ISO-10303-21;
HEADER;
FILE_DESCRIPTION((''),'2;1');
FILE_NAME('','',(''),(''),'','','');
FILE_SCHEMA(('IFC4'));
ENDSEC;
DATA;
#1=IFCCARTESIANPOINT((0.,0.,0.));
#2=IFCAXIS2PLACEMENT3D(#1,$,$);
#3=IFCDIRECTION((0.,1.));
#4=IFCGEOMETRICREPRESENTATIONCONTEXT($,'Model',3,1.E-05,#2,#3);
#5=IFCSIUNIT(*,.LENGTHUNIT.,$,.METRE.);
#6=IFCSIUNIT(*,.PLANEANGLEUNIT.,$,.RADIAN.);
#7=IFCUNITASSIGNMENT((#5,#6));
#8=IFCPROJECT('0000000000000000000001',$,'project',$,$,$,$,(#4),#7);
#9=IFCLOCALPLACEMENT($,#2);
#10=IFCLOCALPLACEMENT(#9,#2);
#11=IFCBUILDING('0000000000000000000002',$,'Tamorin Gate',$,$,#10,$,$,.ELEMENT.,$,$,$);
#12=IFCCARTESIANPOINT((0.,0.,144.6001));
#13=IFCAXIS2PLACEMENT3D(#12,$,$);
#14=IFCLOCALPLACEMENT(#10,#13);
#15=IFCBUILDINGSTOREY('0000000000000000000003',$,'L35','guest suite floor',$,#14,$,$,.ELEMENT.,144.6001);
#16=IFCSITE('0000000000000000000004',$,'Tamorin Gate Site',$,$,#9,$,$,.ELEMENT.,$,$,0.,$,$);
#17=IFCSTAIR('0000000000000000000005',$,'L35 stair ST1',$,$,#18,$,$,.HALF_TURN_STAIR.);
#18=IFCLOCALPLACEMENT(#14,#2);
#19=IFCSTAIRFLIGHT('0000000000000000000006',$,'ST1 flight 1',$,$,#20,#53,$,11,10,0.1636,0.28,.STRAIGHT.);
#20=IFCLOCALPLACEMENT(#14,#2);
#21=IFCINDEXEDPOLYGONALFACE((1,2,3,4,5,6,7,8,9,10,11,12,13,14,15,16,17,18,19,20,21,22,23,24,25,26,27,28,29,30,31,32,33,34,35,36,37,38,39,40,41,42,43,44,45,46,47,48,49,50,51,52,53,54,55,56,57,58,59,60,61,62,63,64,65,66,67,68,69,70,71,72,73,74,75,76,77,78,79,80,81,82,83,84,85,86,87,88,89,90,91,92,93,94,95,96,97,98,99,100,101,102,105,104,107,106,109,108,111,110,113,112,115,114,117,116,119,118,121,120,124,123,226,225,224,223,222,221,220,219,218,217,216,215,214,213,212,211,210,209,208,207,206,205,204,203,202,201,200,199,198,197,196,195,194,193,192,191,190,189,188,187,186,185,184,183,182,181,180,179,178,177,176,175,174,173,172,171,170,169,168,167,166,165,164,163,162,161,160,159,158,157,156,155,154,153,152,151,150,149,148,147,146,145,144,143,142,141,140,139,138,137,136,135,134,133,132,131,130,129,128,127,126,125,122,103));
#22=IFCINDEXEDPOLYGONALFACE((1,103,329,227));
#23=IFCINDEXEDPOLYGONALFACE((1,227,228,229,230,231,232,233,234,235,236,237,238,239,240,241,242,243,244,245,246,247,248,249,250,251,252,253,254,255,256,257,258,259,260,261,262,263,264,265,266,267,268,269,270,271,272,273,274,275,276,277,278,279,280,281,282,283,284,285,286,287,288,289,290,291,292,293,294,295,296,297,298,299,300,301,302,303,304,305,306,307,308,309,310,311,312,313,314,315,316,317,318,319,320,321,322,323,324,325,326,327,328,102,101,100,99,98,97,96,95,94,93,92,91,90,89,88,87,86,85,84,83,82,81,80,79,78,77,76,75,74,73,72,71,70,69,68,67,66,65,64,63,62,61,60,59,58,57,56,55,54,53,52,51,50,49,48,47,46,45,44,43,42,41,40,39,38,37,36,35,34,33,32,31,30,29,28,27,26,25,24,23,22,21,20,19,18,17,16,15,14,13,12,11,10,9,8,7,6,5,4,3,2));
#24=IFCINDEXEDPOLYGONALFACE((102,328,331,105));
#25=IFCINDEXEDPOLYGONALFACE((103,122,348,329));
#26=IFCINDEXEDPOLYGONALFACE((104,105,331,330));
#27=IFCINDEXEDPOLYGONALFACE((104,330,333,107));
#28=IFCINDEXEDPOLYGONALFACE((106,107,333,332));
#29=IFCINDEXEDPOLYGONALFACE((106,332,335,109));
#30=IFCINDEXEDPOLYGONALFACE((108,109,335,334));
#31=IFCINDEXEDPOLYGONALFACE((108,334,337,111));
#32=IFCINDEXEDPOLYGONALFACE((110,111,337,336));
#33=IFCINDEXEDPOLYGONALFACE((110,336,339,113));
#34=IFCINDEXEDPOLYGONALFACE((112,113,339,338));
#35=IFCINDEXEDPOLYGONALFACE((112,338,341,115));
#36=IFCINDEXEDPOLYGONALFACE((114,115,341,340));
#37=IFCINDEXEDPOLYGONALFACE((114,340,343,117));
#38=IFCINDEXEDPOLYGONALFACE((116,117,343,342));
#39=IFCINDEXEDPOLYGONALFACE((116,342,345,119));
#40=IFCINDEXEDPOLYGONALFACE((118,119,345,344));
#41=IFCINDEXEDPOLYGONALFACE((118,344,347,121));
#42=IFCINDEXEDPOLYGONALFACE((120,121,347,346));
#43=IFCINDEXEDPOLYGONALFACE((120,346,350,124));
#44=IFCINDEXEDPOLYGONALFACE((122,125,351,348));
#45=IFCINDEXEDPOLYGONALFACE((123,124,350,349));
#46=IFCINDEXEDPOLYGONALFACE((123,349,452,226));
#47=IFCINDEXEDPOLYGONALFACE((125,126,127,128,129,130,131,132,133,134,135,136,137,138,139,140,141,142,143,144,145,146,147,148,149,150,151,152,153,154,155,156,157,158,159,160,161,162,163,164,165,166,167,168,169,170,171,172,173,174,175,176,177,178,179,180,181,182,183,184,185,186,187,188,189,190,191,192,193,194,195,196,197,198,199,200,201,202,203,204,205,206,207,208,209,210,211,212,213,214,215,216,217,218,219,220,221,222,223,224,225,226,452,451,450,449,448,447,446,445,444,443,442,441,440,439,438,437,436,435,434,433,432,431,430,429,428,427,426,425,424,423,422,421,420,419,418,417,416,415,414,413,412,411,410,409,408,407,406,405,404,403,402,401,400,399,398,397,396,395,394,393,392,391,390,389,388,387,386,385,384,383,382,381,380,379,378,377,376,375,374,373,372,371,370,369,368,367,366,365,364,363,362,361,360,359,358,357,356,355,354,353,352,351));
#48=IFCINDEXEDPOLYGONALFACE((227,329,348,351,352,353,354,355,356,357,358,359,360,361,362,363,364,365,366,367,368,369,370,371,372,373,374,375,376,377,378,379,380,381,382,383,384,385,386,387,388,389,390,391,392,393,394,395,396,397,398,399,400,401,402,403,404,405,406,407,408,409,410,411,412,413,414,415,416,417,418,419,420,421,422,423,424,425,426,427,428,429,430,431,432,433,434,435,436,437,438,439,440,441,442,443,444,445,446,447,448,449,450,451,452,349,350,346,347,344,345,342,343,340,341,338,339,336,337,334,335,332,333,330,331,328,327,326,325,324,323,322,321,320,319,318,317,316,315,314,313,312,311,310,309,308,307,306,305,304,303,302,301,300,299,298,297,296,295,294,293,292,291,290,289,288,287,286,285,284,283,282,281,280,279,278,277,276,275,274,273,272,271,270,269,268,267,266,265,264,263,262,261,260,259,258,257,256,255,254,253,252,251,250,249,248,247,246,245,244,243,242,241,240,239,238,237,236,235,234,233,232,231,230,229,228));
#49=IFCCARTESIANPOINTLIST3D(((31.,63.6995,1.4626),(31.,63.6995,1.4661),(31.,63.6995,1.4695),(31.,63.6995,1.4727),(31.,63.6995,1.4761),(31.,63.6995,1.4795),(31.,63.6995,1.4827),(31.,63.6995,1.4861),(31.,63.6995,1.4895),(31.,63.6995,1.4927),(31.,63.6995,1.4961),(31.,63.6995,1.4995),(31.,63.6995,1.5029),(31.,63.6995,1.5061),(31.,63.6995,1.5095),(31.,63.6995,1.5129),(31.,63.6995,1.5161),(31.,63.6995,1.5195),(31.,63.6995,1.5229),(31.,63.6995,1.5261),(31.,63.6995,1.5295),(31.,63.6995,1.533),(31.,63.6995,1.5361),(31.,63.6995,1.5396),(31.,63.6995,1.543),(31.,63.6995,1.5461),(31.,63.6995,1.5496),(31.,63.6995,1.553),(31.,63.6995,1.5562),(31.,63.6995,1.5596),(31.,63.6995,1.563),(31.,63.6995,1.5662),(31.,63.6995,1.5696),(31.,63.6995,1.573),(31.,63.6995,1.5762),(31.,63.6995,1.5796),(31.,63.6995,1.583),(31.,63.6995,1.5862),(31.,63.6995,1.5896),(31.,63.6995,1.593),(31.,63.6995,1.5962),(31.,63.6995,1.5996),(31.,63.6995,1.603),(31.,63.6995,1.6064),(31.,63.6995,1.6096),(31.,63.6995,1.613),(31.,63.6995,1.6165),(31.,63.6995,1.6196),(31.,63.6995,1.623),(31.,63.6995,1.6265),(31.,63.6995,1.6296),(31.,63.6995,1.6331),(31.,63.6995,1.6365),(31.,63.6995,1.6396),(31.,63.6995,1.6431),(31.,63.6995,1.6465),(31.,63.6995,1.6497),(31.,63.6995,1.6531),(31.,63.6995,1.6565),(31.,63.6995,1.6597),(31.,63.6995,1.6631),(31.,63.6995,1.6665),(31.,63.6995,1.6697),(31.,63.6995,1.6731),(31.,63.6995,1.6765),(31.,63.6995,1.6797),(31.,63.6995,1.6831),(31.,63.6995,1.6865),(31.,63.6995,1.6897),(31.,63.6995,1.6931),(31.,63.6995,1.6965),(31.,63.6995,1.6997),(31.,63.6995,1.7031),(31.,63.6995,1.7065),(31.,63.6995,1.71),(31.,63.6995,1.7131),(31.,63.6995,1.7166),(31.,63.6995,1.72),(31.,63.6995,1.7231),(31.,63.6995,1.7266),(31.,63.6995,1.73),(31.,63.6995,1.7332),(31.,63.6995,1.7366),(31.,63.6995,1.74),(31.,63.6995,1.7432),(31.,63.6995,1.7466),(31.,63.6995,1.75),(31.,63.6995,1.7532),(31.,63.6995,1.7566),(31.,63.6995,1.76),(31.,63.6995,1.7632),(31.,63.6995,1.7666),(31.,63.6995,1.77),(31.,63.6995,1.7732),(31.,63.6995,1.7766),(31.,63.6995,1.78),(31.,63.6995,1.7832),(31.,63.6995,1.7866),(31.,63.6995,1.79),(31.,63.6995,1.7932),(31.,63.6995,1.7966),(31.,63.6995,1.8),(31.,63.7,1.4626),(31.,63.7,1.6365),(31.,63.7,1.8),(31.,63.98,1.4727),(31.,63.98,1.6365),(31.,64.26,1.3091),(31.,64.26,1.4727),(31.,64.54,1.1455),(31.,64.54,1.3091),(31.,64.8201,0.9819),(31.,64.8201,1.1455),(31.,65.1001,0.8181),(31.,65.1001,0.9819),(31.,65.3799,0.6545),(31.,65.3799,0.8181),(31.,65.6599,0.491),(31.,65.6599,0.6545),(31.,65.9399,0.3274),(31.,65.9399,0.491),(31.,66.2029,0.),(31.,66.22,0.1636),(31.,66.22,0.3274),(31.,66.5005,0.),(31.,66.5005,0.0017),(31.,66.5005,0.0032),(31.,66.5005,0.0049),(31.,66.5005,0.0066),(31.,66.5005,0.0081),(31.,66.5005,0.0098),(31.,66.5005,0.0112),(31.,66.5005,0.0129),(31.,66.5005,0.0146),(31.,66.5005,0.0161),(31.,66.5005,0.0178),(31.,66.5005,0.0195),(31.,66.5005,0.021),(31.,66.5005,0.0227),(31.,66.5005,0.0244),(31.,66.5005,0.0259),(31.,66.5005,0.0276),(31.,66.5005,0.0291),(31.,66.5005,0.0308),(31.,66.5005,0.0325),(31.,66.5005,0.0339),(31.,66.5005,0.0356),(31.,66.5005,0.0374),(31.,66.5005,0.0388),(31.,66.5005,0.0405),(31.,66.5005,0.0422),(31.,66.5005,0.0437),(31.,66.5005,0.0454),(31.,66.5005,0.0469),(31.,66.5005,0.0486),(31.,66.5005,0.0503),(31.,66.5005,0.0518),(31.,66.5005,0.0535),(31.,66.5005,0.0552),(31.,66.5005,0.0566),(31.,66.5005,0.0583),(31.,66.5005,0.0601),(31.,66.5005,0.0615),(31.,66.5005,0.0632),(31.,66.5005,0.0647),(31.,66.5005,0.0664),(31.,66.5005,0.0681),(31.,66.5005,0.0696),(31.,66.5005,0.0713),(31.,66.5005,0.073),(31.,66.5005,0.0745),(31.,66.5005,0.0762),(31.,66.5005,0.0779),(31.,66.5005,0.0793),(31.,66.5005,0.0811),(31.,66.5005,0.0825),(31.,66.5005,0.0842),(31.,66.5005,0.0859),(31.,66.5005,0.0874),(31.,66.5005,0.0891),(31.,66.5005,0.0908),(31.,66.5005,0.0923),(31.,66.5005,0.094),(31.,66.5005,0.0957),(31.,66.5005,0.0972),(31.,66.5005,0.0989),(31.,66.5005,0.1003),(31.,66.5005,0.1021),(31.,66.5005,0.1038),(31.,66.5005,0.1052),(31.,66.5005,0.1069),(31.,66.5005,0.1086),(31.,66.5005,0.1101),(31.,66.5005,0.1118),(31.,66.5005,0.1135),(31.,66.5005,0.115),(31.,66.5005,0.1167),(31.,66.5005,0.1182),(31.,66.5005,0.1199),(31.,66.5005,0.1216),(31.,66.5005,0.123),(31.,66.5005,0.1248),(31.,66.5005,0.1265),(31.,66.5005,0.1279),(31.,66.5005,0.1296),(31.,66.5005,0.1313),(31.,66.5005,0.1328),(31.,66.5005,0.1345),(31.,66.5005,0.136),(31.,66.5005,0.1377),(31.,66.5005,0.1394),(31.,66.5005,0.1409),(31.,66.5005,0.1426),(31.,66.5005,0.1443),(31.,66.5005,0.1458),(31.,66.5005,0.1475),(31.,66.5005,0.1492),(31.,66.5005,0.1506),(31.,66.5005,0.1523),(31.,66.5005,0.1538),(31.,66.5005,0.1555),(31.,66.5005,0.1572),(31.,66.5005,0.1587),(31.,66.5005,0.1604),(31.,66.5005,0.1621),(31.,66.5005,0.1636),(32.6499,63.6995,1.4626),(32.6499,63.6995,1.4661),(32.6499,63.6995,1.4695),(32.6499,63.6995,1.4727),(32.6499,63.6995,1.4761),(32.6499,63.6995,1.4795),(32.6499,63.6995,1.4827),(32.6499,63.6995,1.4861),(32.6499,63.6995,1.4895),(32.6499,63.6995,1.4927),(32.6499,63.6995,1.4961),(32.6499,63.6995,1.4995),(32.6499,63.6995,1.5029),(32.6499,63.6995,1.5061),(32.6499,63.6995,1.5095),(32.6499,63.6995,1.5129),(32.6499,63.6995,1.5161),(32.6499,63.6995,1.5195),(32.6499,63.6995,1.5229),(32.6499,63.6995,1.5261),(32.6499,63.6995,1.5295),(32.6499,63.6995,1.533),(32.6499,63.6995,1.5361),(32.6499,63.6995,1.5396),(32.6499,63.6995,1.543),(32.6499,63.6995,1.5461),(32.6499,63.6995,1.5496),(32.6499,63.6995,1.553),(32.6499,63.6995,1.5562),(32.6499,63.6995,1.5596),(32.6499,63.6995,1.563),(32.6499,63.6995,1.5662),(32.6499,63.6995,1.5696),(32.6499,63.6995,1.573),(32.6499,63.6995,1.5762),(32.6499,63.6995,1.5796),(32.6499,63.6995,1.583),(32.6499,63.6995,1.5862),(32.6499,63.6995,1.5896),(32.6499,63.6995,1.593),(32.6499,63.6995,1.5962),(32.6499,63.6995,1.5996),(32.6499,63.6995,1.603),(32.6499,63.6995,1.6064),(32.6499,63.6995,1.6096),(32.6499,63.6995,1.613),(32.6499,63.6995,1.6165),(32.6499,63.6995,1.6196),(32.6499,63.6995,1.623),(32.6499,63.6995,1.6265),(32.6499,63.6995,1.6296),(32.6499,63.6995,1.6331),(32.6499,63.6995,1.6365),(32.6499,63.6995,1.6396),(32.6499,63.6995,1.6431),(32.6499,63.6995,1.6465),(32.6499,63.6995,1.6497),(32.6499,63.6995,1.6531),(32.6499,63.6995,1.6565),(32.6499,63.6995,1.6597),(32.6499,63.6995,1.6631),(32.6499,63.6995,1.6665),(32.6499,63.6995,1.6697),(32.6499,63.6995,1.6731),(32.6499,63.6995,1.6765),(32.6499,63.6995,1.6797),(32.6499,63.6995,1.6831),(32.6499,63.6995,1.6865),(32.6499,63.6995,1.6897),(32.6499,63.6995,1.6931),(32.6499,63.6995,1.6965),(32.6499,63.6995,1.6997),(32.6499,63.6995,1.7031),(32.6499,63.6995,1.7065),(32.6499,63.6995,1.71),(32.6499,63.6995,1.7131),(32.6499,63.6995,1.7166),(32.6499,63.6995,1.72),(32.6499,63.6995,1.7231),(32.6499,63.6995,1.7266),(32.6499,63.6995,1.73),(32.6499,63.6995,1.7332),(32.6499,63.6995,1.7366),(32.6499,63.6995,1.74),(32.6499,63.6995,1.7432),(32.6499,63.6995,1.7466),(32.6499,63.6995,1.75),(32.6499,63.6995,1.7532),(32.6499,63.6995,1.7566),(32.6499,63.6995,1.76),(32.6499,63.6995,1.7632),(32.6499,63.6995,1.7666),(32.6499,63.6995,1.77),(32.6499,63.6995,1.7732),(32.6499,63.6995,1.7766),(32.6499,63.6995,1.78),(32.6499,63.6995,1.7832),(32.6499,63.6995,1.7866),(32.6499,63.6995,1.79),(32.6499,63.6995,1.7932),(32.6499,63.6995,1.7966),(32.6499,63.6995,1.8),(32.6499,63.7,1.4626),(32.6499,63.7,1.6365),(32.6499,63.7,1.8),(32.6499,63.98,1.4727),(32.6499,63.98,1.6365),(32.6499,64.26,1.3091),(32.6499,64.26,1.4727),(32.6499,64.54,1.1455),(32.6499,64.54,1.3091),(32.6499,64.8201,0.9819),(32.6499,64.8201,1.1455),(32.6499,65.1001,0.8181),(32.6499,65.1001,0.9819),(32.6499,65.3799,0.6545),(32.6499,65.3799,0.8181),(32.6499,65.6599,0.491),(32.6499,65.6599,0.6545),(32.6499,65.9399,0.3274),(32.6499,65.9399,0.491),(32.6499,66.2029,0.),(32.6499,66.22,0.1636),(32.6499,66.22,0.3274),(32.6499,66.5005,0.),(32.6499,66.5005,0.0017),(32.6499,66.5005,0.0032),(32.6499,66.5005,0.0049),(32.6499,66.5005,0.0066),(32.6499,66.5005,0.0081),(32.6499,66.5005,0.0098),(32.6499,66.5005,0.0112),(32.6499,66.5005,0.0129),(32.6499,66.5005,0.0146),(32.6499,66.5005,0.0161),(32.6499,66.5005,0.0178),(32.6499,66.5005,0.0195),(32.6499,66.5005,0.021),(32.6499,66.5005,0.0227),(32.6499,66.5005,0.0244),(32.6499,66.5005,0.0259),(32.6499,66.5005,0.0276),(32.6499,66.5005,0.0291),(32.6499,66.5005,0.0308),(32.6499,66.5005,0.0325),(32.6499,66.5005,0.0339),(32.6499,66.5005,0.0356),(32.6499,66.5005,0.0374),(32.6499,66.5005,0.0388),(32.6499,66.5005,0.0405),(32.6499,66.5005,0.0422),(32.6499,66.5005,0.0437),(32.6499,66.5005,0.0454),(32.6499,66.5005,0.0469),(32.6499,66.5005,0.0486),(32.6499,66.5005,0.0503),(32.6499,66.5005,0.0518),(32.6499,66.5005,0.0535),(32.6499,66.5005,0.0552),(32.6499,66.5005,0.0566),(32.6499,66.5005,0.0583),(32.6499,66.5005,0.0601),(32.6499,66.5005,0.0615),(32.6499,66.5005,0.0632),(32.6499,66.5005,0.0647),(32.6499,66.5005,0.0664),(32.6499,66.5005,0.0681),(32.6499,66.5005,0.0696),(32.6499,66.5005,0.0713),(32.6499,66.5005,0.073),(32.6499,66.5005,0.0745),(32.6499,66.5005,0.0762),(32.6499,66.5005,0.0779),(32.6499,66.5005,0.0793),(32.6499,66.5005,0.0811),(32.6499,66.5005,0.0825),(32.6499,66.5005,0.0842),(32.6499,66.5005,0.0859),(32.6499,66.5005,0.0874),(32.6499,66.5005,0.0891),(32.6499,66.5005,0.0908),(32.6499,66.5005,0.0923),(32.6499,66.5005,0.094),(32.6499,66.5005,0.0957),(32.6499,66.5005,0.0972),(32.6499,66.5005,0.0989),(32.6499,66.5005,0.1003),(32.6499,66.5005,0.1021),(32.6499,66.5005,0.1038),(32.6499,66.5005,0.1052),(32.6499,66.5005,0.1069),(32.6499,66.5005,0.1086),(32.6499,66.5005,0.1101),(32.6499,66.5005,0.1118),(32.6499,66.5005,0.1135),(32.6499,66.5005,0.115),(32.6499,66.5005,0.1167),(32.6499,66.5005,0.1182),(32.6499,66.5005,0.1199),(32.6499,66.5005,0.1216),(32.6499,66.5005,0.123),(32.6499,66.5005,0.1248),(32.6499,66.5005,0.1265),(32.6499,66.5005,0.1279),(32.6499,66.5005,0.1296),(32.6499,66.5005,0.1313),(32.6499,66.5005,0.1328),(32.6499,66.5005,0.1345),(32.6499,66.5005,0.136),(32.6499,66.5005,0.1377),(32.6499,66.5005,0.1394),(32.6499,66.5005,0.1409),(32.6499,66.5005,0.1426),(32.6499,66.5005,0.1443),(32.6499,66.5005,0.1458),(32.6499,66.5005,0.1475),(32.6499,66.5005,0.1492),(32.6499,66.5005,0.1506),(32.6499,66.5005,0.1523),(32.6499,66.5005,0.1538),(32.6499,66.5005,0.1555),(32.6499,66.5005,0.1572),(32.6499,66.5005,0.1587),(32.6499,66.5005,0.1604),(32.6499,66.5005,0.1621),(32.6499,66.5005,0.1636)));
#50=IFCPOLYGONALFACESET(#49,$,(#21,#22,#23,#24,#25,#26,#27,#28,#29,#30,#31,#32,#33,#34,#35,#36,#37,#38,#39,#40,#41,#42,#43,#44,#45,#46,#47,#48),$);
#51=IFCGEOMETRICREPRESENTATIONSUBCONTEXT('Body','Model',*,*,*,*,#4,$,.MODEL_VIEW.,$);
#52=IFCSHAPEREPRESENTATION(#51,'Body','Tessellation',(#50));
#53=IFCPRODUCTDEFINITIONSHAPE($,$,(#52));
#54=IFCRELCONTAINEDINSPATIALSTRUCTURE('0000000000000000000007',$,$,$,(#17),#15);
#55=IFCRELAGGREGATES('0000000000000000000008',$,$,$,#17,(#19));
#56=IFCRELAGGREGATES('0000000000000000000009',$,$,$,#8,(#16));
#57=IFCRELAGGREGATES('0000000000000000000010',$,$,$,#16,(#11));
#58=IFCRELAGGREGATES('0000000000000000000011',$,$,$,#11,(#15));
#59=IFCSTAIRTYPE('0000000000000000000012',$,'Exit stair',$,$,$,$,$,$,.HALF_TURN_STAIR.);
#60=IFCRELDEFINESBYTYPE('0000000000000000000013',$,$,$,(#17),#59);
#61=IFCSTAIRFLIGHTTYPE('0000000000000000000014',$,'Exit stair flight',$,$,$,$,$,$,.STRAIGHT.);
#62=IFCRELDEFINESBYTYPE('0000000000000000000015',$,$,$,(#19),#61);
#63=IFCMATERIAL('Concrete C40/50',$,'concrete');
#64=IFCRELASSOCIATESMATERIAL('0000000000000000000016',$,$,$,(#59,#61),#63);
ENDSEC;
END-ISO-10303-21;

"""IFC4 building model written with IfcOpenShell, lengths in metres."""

from ifc_helpers import new_model, si_unit, direction, frame, origin, place, context, subcontext, project, spatial, polyline, outline, extrude, material, type_object, element, aggregate, save


model = new_model("IFC4")

# Units and contexts
model_context = context("Model", 3, precision=1e-05, world=origin(), true_north=direction((0.0, 1.0)))
body_context = subcontext(model_context, "Body", "Model", "MODEL_VIEW")
ifc_project = project(units=[si_unit("LENGTHUNIT", "METRE"), si_unit("PLANEANGLEUNIT", "RADIAN")], contexts=[model_context])

# Site, building, storey
site_placement = place(None, origin())
site = spatial("IfcSite", under=ifc_project, at=site_placement, Name="Tamorin Gate Site", CompositionType="ELEMENT", RefElevation=0.0)
building_placement = place(site_placement, origin())
building = spatial("IfcBuilding", under=site, at=building_placement, Name="Tamorin Gate", CompositionType="ELEMENT")
storey_placement = place(building_placement, frame((0.0, 0.0, 144.6001)))
storey = spatial("IfcBuildingStorey", under=building, at=storey_placement, Name="L35", Description="guest suite floor", CompositionType="ELEMENT", Elevation=144.6001)

# Shared definitions
ifc_material_1 = material(Name="Concrete C40/50", Category="concrete")

# Stair, stair flight
stair_type = type_object("IfcStairType", Name="Exit stair", PredefinedType="HALF_TURN_STAIR", material=ifc_material_1)
stair_1_placement = place(storey_placement, origin())
stair_1 = element("IfcStair", 1, at=stair_1_placement, inside=storey, type_object=stair_type, Name="L35 stair ST1", PredefinedType="HALF_TURN_STAIR")
stair_flight_type = type_object("IfcStairFlightType", Name="Exit stair flight", PredefinedType="STRAIGHT", material=ifc_material_1)
stair_flight_1_placement = place(storey_placement, frame((31.825, 66.5, 0.0), z_axis=(0.0, 0.0, 1.0), x_axis=(0.0, -1.0, 0.0)))
stair_flight_1 = element("IfcStairFlight", 2, at=stair_flight_1_placement, type_object=stair_flight_type, Name="ST1 flight 1", NumberOfRisers=11, NumberOfTreads=10, PredefinedType="STRAIGHT", RiserHeight=0.1636, TreadLength=0.28, context=body_context, shape_type="SweptSolid", body=[
    extrude(outline(polyline([(-0.0005, 0.0), (-0.0005, 0.0017), (-0.0005, 0.0032), (-0.0005, 0.0049), (-0.0005, 0.0066), (-0.0005, 0.0081), (-0.0005, 0.0098), (-0.0005, 0.0112), (-0.0005, 0.0129), (-0.0005, 0.0146), (-0.0005, 0.0161), (-0.0005, 0.0178), (-0.0005, 0.0195), (-0.0005, 0.021), (-0.0005, 0.0227), (-0.0005, 0.0244), (-0.0005, 0.0259), (-0.0005, 0.0276), (-0.0005, 0.0291), (-0.0005, 0.0308), (-0.0005, 0.0325), (-0.0005, 0.0339), (-0.0005, 0.0356), (-0.0005, 0.0374), (-0.0005, 0.0388), (-0.0005, 0.0405), (-0.0005, 0.0422), (-0.0005, 0.0437), (-0.0005, 0.0454), (-0.0005, 0.0469), (-0.0005, 0.0486), (-0.0005, 0.0503), (-0.0005, 0.0518), (-0.0005, 0.0535), (-0.0005, 0.0552), (-0.0005, 0.0566), (-0.0005, 0.0583), (-0.0005, 0.0601), (-0.0005, 0.0615), (-0.0005, 0.0632), (-0.0005, 0.0647), (-0.0005, 0.0664), (-0.0005, 0.0681), (-0.0005, 0.0696), (-0.0005, 0.0713), (-0.0005, 0.073), (-0.0005, 0.0745), (-0.0005, 0.0762), (-0.0005, 0.0779), (-0.0005, 0.0793), (-0.0005, 0.0811), (-0.0005, 0.0825), (-0.0005, 0.0842), (-0.0005, 0.0859), (-0.0005, 0.0874), (-0.0005, 0.0891), (-0.0005, 0.0908), (-0.0005, 0.0923), (-0.0005, 0.094), (-0.0005, 0.0957), (-0.0005, 0.0972), (-0.0005, 0.0989), (-0.0005, 0.1003), (-0.0005, 0.1021), (-0.0005, 0.1038), (-0.0005, 0.1052), (-0.0005, 0.1069), (-0.0005, 0.1086), (-0.0005, 0.1101), (-0.0005, 0.1118), (-0.0005, 0.1135), (-0.0005, 0.115), (-0.0005, 0.1167), (-0.0005, 0.1182), (-0.0005, 0.1199), (-0.0005, 0.1216), (-0.0005, 0.123), (-0.0005, 0.1248), (-0.0005, 0.1265), (-0.0005, 0.1279), (-0.0005, 0.1296), (-0.0005, 0.1313), (-0.0005, 0.1328), (-0.0005, 0.1345), (-0.0005, 0.136), (-0.0005, 0.1377), (-0.0005, 0.1394), (-0.0005, 0.1409), (-0.0005, 0.1426), (-0.0005, 0.1443), (-0.0005, 0.1458), (-0.0005, 0.1475), (-0.0005, 0.1492), (-0.0005, 0.1506), (-0.0005, 0.1523), (-0.0005, 0.1538), (-0.0005, 0.1555), (-0.0005, 0.1572), (-0.0005, 0.1587), (-0.0005, 0.1604), (-0.0005, 0.1621), (-0.0005, 0.1636), (0.28, 0.1636), (0.28, 0.3274), (0.5601, 0.3274), (0.5601, 0.491), (0.8401, 0.491), (0.8401, 0.6545), (1.1201, 0.6545), (1.1201, 0.8181), (1.3999, 0.8181), (1.3999, 0.9819), (1.6799, 0.9819), (1.6799, 1.1455), (1.96, 1.1455), (1.96, 1.3091), (2.24, 1.3091), (2.24, 1.4727), (2.52, 1.4727), (2.52, 1.6365), (2.8, 1.6365), (2.8, 1.8), (2.8005, 1.8), (2.8005, 1.7966), (2.8005, 1.7932), (2.8005, 1.79), (2.8005, 1.7866), (2.8005, 1.7832), (2.8005, 1.78), (2.8005, 1.7766), (2.8005, 1.7732), (2.8005, 1.77), (2.8005, 1.7666), (2.8005, 1.7632), (2.8005, 1.76), (2.8005, 1.7566), (2.8005, 1.7532), (2.8005, 1.75), (2.8005, 1.7466), (2.8005, 1.7432), (2.8005, 1.74), (2.8005, 1.7366), (2.8005, 1.7332), (2.8005, 1.73), (2.8005, 1.7266), (2.8005, 1.7231), (2.8005, 1.72), (2.8005, 1.7166), (2.8005, 1.7131), (2.8005, 1.71), (2.8005, 1.7065), (2.8005, 1.7031), (2.8005, 1.6997), (2.8005, 1.6965), (2.8005, 1.6931), (2.8005, 1.6897), (2.8005, 1.6865), (2.8005, 1.6831), (2.8005, 1.6797), (2.8005, 1.6765), (2.8005, 1.6731), (2.8005, 1.6697), (2.8005, 1.6665), (2.8005, 1.6631), (2.8005, 1.6597), (2.8005, 1.6565), (2.8005, 1.6531), (2.8005, 1.6497), (2.8005, 1.6465), (2.8005, 1.6431), (2.8005, 1.6396), (2.8005, 1.6365), (2.8005, 1.6331), (2.8005, 1.6296), (2.8005, 1.6265), (2.8005, 1.623), (2.8005, 1.6196), (2.8005, 1.6165), (2.8005, 1.613), (2.8005, 1.6096), (2.8005, 1.6064), (2.8005, 1.603), (2.8005, 1.5996), (2.8005, 1.5962), (2.8005, 1.593), (2.8005, 1.5896), (2.8005, 1.5862), (2.8005, 1.583), (2.8005, 1.5796), (2.8005, 1.5762), (2.8005, 1.573), (2.8005, 1.5696), (2.8005, 1.5662), (2.8005, 1.563), (2.8005, 1.5596), (2.8005, 1.5562), (2.8005, 1.553), (2.8005, 1.5496), (2.8005, 1.5461), (2.8005, 1.543), (2.8005, 1.5396), (2.8005, 1.5361), (2.8005, 1.533), (2.8005, 1.5295), (2.8005, 1.5261), (2.8005, 1.5229), (2.8005, 1.5195), (2.8005, 1.5161), (2.8005, 1.5129), (2.8005, 1.5095), (2.8005, 1.5061), (2.8005, 1.5029), (2.8005, 1.4995), (2.8005, 1.4961), (2.8005, 1.4927), (2.8005, 1.4895), (2.8005, 1.4861), (2.8005, 1.4827), (2.8005, 1.4795), (2.8005, 1.4761), (2.8005, 1.4727), (2.8005, 1.4695), (2.8005, 1.4661), (2.8005, 1.4626), (2.8, 1.4626), (0.2971, 0.0), (-0.0005, 0.0)])), frame((0.0, 0.825, 0.0), z_axis=(0.0, -1.0, 0.0), x_axis=(1.0, 0.0, 0.0)), (0.0, 0.0, 1.0), 1.6499),
])
aggregate(stair_1, [stair_flight_1])

save(model, "model.ifc")
